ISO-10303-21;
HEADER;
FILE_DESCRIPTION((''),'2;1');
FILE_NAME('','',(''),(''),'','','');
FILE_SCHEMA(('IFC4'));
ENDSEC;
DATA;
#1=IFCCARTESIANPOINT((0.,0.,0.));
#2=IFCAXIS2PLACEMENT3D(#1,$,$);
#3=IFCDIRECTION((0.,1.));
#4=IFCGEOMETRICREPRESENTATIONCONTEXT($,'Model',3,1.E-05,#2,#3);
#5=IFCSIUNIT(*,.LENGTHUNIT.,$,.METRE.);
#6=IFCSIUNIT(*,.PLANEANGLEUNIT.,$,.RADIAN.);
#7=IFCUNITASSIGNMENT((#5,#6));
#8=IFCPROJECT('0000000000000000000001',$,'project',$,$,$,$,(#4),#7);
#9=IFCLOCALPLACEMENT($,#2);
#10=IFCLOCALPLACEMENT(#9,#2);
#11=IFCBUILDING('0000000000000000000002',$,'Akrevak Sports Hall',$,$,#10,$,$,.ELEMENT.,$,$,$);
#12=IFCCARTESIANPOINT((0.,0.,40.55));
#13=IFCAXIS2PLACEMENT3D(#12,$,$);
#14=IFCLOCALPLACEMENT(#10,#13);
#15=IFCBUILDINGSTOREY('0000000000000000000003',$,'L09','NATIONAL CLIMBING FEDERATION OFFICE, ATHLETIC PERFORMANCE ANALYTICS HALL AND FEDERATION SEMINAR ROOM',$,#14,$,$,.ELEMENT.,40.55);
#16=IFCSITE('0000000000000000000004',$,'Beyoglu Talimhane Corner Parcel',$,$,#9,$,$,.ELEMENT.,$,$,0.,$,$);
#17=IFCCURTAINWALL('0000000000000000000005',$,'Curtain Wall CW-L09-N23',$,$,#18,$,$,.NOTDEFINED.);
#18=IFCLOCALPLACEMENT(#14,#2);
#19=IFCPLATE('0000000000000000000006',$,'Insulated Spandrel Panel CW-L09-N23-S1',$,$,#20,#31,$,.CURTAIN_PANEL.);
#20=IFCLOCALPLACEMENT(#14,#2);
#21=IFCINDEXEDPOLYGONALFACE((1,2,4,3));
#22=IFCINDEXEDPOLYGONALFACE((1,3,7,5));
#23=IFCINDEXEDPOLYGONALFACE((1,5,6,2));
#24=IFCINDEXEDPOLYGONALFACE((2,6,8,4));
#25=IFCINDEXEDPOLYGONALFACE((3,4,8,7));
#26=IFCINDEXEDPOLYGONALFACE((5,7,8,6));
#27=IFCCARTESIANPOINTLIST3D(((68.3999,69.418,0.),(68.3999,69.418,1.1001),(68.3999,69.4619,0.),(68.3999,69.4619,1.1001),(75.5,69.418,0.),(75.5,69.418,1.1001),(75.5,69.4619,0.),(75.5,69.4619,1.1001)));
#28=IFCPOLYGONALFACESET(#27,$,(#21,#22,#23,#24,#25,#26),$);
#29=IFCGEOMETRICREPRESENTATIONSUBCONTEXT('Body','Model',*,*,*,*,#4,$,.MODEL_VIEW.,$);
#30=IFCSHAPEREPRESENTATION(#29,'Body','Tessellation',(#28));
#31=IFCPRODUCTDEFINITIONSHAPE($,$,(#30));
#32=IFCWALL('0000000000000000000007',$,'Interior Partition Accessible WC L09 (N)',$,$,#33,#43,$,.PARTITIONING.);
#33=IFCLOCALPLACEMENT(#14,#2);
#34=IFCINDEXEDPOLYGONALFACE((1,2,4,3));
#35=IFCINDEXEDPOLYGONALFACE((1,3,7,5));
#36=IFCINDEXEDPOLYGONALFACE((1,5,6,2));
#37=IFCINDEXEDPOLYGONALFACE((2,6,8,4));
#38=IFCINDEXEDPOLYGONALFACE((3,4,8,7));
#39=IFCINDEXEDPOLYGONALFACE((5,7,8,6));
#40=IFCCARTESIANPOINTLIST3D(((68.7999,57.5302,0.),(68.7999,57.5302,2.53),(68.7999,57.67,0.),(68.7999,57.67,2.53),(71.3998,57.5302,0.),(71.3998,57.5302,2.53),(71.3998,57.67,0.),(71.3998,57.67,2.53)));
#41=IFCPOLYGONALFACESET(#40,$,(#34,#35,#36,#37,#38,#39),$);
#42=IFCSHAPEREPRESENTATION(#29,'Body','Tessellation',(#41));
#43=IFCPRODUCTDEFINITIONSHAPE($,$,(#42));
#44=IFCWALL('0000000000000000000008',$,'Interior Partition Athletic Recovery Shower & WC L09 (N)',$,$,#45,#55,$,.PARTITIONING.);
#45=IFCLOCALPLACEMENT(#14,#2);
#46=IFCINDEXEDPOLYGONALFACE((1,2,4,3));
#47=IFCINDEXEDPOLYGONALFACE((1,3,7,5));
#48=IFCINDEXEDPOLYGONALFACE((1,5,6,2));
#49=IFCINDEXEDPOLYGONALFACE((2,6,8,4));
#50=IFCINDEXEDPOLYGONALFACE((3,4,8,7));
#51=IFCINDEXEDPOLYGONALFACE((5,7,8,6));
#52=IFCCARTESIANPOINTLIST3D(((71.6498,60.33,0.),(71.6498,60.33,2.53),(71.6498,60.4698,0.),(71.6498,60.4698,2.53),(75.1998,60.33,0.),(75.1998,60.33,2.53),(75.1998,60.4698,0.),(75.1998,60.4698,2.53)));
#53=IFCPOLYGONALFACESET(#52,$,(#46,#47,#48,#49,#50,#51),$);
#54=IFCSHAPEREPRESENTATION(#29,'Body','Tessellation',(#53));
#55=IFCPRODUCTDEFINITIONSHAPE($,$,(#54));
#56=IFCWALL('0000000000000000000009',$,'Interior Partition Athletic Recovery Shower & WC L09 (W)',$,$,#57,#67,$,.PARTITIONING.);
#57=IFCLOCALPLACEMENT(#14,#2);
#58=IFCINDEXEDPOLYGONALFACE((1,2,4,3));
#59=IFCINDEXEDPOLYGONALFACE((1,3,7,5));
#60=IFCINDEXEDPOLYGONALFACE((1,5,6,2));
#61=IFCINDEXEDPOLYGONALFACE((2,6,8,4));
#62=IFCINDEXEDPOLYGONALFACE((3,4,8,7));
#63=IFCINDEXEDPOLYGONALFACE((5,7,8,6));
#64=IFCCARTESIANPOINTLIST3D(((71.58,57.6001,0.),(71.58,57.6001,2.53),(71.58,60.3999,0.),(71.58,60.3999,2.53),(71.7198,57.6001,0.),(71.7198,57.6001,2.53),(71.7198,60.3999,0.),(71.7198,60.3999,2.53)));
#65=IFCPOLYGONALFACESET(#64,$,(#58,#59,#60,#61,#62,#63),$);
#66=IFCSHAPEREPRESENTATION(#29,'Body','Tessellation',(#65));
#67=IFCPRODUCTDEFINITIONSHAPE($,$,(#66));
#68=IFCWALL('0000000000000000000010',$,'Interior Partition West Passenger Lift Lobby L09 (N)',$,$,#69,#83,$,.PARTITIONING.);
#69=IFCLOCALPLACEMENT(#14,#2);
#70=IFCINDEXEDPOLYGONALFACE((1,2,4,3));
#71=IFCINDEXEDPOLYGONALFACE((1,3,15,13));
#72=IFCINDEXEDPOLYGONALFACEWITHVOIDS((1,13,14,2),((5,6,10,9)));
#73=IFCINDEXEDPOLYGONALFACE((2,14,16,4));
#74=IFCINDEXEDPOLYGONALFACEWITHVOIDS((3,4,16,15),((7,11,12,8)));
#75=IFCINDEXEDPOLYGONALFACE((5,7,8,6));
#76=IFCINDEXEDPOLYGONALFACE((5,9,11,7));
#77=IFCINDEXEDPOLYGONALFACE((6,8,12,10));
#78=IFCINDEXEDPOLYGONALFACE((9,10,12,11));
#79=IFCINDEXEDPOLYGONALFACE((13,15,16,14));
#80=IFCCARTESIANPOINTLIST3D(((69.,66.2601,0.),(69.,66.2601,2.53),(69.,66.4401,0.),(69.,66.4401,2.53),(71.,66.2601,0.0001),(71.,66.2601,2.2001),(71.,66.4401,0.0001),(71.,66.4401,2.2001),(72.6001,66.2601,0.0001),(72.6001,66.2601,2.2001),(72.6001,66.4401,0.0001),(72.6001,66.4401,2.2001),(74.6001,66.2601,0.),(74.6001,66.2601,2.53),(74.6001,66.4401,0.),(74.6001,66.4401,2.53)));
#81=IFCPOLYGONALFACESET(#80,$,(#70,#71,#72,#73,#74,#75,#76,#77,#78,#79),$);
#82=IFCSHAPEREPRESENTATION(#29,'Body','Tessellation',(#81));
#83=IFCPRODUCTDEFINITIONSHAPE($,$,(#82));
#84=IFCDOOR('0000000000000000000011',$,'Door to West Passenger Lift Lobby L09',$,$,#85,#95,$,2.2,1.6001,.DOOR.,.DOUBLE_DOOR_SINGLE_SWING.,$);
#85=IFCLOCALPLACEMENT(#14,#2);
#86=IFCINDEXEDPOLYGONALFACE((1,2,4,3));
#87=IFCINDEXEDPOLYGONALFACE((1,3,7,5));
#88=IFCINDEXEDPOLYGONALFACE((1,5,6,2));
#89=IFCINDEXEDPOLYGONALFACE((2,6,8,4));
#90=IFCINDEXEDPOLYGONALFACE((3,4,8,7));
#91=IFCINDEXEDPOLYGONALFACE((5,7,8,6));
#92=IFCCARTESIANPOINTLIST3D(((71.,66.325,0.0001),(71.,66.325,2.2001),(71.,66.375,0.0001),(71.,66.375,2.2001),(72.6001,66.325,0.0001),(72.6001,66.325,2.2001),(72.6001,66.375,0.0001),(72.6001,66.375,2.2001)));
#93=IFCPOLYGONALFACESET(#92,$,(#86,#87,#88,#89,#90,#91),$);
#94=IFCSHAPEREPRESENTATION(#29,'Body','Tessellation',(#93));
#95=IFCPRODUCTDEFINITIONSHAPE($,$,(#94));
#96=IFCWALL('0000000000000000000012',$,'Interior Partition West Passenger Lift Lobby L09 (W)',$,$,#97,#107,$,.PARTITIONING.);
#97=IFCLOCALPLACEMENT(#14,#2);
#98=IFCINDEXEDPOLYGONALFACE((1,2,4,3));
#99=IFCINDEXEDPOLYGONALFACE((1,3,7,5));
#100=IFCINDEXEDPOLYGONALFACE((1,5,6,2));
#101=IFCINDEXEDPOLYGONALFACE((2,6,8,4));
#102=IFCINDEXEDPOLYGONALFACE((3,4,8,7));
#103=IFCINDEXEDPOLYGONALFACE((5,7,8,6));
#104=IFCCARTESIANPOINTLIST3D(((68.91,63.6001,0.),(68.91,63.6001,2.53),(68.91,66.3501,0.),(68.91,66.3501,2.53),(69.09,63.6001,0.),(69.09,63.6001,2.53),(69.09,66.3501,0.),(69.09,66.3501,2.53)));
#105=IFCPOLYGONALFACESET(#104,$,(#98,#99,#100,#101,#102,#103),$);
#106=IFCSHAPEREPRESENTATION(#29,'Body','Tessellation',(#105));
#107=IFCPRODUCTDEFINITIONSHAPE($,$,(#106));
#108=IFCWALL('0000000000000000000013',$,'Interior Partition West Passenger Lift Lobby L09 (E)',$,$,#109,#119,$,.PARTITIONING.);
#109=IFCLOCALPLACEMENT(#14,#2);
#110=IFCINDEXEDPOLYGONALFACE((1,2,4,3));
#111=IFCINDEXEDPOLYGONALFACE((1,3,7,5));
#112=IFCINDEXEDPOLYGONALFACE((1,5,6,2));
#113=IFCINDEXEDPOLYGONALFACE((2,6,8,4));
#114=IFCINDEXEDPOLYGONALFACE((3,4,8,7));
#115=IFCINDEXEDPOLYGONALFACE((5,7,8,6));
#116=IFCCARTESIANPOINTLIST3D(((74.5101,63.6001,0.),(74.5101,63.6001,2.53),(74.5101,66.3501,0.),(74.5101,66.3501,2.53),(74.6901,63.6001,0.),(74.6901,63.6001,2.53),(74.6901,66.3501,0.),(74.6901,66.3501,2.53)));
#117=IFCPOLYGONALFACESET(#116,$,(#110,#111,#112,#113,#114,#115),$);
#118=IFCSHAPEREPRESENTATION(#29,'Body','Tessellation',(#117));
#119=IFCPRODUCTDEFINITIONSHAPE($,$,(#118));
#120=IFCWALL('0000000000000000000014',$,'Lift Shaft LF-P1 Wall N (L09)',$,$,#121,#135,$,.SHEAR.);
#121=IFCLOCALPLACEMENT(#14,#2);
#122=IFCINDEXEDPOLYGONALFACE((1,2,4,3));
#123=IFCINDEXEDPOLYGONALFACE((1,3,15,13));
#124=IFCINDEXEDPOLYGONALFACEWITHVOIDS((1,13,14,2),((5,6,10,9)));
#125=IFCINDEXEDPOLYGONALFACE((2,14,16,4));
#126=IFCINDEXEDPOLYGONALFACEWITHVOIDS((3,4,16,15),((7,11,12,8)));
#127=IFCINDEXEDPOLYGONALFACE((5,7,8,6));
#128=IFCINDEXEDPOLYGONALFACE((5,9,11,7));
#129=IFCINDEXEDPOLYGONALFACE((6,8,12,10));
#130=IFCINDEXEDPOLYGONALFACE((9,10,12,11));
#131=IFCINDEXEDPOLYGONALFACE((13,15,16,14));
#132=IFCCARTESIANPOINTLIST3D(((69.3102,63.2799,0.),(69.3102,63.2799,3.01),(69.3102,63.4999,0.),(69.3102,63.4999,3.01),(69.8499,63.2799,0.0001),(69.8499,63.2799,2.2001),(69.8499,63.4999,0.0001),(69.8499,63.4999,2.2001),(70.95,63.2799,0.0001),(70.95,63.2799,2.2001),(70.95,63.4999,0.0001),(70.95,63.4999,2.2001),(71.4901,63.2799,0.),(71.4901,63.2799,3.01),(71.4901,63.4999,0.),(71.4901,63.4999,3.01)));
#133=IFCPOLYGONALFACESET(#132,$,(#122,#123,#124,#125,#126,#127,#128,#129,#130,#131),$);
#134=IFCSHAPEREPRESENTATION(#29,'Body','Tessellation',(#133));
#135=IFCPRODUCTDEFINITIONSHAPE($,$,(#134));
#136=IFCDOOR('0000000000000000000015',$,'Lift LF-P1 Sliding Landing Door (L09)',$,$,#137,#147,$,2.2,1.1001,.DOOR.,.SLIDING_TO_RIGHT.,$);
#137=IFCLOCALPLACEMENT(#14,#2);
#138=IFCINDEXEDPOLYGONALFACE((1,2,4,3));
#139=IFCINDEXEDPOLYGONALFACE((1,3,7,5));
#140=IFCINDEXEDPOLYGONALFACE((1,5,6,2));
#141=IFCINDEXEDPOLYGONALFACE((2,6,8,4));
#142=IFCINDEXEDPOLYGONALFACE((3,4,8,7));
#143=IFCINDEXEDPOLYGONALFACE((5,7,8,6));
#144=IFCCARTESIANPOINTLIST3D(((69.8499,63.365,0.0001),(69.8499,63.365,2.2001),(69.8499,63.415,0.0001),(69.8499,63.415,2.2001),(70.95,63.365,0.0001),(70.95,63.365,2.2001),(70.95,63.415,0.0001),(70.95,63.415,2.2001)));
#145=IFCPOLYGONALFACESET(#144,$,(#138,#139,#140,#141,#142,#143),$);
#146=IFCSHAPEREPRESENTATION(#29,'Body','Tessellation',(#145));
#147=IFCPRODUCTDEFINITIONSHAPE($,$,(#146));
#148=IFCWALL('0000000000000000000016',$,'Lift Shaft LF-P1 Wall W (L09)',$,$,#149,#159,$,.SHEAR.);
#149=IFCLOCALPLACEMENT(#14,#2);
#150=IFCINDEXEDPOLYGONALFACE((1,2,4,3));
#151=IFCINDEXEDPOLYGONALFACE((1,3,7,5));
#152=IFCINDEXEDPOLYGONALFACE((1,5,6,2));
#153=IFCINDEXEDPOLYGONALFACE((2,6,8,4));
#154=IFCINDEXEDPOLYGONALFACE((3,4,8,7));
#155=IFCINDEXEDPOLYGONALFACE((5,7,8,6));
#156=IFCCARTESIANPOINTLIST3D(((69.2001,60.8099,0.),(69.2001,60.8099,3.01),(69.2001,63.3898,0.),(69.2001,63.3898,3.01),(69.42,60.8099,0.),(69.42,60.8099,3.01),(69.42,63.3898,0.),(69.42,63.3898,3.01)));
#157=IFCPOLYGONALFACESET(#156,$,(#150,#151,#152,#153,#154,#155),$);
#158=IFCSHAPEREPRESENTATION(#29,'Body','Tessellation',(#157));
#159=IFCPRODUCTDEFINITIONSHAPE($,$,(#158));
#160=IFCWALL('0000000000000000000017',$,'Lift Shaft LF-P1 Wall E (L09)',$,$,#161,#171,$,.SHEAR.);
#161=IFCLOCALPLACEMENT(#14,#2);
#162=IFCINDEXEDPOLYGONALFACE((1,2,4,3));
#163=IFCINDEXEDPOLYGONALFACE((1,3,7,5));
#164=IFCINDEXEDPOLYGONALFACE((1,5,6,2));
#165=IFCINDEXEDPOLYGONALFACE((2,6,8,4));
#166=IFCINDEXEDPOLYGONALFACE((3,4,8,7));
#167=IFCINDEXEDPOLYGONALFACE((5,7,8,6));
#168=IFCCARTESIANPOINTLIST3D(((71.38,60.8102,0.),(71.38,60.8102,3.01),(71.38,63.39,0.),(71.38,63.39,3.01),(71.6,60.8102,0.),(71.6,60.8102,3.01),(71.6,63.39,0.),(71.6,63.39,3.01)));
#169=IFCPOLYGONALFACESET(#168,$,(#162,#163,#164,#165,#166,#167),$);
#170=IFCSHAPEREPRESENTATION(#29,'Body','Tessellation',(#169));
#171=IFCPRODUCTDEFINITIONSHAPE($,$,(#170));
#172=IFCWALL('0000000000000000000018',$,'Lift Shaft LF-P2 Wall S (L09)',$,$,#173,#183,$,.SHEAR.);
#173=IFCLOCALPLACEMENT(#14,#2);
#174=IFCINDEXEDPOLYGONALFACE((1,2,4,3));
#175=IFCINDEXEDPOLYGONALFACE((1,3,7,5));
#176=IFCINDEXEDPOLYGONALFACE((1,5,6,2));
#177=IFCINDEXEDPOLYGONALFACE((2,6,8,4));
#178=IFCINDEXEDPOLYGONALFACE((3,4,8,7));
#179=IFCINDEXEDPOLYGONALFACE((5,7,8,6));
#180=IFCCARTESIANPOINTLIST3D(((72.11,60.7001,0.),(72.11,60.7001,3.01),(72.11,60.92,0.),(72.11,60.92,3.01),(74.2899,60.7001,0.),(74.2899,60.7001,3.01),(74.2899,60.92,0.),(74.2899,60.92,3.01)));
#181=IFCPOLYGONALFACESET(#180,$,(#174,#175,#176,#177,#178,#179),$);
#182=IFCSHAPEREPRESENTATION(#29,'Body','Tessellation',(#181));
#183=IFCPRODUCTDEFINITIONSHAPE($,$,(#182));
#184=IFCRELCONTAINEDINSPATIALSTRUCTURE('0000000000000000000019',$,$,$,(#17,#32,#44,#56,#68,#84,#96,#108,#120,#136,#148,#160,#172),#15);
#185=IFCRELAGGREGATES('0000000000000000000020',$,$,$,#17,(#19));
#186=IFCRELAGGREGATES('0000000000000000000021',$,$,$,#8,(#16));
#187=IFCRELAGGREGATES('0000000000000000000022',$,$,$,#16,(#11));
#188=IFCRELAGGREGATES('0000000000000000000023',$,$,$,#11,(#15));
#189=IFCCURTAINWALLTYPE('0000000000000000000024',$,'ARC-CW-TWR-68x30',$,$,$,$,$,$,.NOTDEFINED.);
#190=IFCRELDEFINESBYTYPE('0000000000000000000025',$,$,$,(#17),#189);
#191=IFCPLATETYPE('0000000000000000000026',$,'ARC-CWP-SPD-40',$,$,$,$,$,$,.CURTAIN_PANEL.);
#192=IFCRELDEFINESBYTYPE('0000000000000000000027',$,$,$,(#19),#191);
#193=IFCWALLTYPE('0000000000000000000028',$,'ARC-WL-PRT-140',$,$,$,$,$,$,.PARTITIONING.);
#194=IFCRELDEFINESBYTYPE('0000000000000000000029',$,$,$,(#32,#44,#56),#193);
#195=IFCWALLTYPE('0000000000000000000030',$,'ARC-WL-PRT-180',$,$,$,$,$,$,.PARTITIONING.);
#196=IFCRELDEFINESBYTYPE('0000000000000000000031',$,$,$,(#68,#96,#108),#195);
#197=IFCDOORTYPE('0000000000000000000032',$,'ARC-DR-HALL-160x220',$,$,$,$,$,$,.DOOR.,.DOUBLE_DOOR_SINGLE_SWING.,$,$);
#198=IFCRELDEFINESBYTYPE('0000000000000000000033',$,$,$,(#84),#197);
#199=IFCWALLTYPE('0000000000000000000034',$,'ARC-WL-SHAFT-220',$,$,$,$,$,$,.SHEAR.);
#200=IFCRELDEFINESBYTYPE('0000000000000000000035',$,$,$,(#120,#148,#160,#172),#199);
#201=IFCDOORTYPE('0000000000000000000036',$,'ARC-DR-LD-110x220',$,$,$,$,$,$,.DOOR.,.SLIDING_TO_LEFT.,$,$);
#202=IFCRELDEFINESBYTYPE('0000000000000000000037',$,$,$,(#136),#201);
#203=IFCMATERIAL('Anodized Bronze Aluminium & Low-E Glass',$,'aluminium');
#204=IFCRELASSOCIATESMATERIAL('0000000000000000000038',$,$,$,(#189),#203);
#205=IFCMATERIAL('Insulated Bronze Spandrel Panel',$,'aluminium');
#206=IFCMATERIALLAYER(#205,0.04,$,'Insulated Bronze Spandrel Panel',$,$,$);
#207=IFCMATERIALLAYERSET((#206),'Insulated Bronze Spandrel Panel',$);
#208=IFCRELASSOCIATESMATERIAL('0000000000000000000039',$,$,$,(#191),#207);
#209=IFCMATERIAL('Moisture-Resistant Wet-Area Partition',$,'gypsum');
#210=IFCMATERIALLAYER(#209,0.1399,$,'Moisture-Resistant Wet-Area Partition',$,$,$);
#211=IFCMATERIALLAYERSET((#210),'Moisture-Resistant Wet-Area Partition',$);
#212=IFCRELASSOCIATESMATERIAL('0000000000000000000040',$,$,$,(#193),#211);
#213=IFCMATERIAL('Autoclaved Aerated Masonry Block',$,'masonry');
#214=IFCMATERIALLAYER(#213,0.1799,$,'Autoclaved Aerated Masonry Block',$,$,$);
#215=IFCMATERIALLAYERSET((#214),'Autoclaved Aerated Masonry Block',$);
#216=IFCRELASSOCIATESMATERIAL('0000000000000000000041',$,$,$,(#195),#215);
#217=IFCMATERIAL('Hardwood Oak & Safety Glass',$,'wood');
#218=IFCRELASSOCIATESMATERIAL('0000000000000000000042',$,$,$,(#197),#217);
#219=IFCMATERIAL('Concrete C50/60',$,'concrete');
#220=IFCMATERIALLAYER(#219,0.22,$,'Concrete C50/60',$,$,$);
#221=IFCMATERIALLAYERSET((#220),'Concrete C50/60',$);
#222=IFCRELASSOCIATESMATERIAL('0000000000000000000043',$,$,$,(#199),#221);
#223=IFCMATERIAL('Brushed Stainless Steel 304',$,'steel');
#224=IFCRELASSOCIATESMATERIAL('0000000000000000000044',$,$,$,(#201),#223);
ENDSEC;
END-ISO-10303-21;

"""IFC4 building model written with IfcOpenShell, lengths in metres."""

from ifc_helpers import new_model, si_unit, direction, frame, frame_2d, origin, origin_2d, place, context, subcontext, project, spatial, rectangle, extrude, material, layer, layer_set, type_object, element, fill, aggregate, save


model = new_model("IFC4")

# Units and contexts
model_context = context("Model", 3, precision=1e-05, world=origin(), true_north=direction((0.0, 1.0)))
body_context = subcontext(model_context, "Body", "Model", "MODEL_VIEW")
ifc_project = project(units=[si_unit("LENGTHUNIT", "METRE"), si_unit("PLANEANGLEUNIT", "RADIAN")], contexts=[model_context])

# Site, building, storey
site_placement = place(None, origin())
site = spatial("IfcSite", under=ifc_project, at=site_placement, Name="Beyoglu Talimhane Corner Parcel", CompositionType="ELEMENT", RefElevation=0.0)
building_placement = place(site_placement, origin())
building = spatial("IfcBuilding", under=site, at=building_placement, Name="Akrevak Sports Hall", CompositionType="ELEMENT")
storey_placement = place(building_placement, frame((0.0, 0.0, 40.55)))
storey = spatial("IfcBuildingStorey", under=building, at=storey_placement, Name="L09", Description="NATIONAL CLIMBING FEDERATION OFFICE, ATHLETIC PERFORMANCE ANALYTICS HALL AND FEDERATION SEMINAR ROOM", CompositionType="ELEMENT", Elevation=40.55)

# Shared definitions
ifc_material_1 = material(Name="Concrete C50/60", Category="concrete")

# Curtain wall
ifc_material_2 = material(Name="Anodized Bronze Aluminium & Low-E Glass", Category="aluminium")
curtain_wall_type = type_object("IfcCurtainWallType", Name="ARC-CW-TWR-68x30", PredefinedType="NOTDEFINED", material=ifc_material_2)
curtain_wall_placement = place(storey_placement, origin())
curtain_wall = element("IfcCurtainWall", 1, at=curtain_wall_placement, inside=storey, type_object=curtain_wall_type, Name="Curtain Wall CW-L09-N23", PredefinedType="NOTDEFINED")

# Plate
ifc_material_3 = material(Name="Insulated Bronze Spandrel Panel", Category="aluminium")
ifc_layer_1 = layer(ifc_material_3, 0.04, Name="Insulated Bronze Spandrel Panel")
ifc_layer_set_1 = layer_set([ifc_layer_1], Name="Insulated Bronze Spandrel Panel")
plate_type_1 = type_object("IfcPlateType", Name="ARC-CWP-SPD-40", PredefinedType="CURTAIN_PANEL", material=ifc_layer_set_1)
plate_1_placement = place(storey_placement, frame((71.95, 69.4399, 0.0), z_axis=(0.0, 0.0, 1.0), x_axis=(-1.0, 0.0, 0.0)))
plate_1 = element("IfcPlate", 2, at=plate_1_placement, type_object=plate_type_1, Name="Insulated Spandrel Panel CW-L09-N23-S1", PredefinedType="CURTAIN_PANEL", context=body_context, shape_type="SweptSolid", body=[
    extrude(rectangle(XDim=7.1001, YDim=0.0439, at=origin_2d()), origin(), (0.0, 0.0, 1.0), 1.1001),
])
aggregate(curtain_wall, [plate_1])

# Walls
ifc_material_4 = material(Name="Moisture-Resistant Wet-Area Partition", Category="gypsum")
ifc_layer_2 = layer(ifc_material_4, 0.1399, Name="Moisture-Resistant Wet-Area Partition")
ifc_layer_set_2 = layer_set([ifc_layer_2], Name="Moisture-Resistant Wet-Area Partition")
wall_type_1 = type_object("IfcWallType", Name="ARC-WL-PRT-140", PredefinedType="PARTITIONING", material=ifc_layer_set_2)
wall_1_placement = place(storey_placement, frame((68.8, 57.6001, 0.0), z_axis=(0.0, 0.0, 1.0), x_axis=(1.0, 0.0, 0.0)))
element("IfcWall", 3, at=wall_1_placement, inside=storey, type_object=wall_type_1, Name="Interior Partition Accessible WC L09 (N)", PredefinedType="PARTITIONING", context=body_context, shape_type="SweptSolid", body=[
    extrude(rectangle(XDim=2.5999, YDim=0.1399, at=frame_2d((1.2998, 0.0))), origin(), (0.0, 0.0, 1.0), 2.53),
])
wall_2_placement = place(storey_placement, frame((71.6499, 60.3999, 0.0), z_axis=(0.0, 0.0, 1.0), x_axis=(1.0, 0.0, 0.0)))
element("IfcWall", 4, at=wall_2_placement, inside=storey, type_object=wall_type_1, Name="Interior Partition Athletic Recovery Shower & WC L09 (N)", PredefinedType="PARTITIONING", context=body_context, shape_type="SweptSolid", body=[
    extrude(rectangle(XDim=3.55, YDim=0.1399, at=frame_2d((1.7749, 0.0))), origin(), (0.0, 0.0, 1.0), 2.53),
])
wall_3_placement = place(storey_placement, frame((71.6499, 57.6001, 0.0), z_axis=(0.0, 0.0, 1.0), x_axis=(0.0, 1.0, 0.0)))
element("IfcWall", 5, at=wall_3_placement, inside=storey, type_object=wall_type_1, Name="Interior Partition Athletic Recovery Shower & WC L09 (W)", PredefinedType="PARTITIONING", context=body_context, shape_type="SweptSolid", body=[
    extrude(rectangle(XDim=2.7998, YDim=0.1399, at=frame_2d((1.3999, 0.0))), origin(), (0.0, 0.0, 1.0), 2.53),
])

# Wall, opening, door
ifc_material_5 = material(Name="Autoclaved Aerated Masonry Block", Category="masonry")
ifc_layer_3 = layer(ifc_material_5, 0.1799, Name="Autoclaved Aerated Masonry Block")
ifc_layer_set_3 = layer_set([ifc_layer_3], Name="Autoclaved Aerated Masonry Block")
wall_type_2 = type_object("IfcWallType", Name="ARC-WL-PRT-180", PredefinedType="PARTITIONING", material=ifc_layer_set_3)
wall_4_placement = place(storey_placement, frame((69.0, 66.3501, 0.0), z_axis=(0.0, 0.0, 1.0), x_axis=(1.0, 0.0, 0.0)))
wall_4 = element("IfcWall", 6, at=wall_4_placement, inside=storey, type_object=wall_type_2, Name="Interior Partition West Passenger Lift Lobby L09 (N)", PredefinedType="PARTITIONING", context=body_context, shape_type="SweptSolid", body=[
    extrude(rectangle(XDim=5.6001, YDim=0.1799, at=frame_2d((2.8, 0.0))), origin(), (0.0, 0.0, 1.0), 2.53),
])
opening_1_placement = place(wall_4_placement, frame((2.0, 0.0, 0.0)))
opening_1 = element("IfcOpeningElement", 7, at=opening_1_placement, cuts=wall_4, PredefinedType="OPENING", context=body_context, shape_type="SweptSolid", body=[
    extrude(rectangle(XDim=1.6001, YDim=2.2, at=frame_2d((0.8, 1.1001))), frame((0.0, 0.1021, 0.0), z_axis=(0.0, -1.0, 0.0), x_axis=(1.0, 0.0, 0.0)), (0.0, 0.0, 1.0), 0.2039),
])
ifc_material_6 = material(Name="Hardwood Oak & Safety Glass", Category="wood")
door_type_1 = type_object("IfcDoorType", Name="ARC-DR-HALL-160x220", OperationType="DOUBLE_DOOR_SINGLE_SWING", PredefinedType="DOOR", material=ifc_material_6)
door_1_placement = place(opening_1_placement, origin())
door_1 = element("IfcDoor", 8, at=door_1_placement, inside=storey, type_object=door_type_1, Name="Door to West Passenger Lift Lobby L09", OperationType="DOUBLE_DOOR_SINGLE_SWING", OverallHeight=2.2, OverallWidth=1.6001, PredefinedType="DOOR", context=body_context, shape_type="SweptSolid", body=[
    extrude(rectangle(XDim=1.6001, YDim=2.2, at=frame_2d((0.8, 1.1001))), frame((0.0, 0.0249, 0.0), z_axis=(0.0, -1.0, 0.0), x_axis=(1.0, 0.0, 0.0)), (0.0, 0.0, 1.0), 0.05),
])
fill(opening_1, door_1)

# Walls
for number, where, z_axis, x_axis, name in (
    (9, (69.0, 63.6001, 0.0), (0.0, 0.0, 1.0), (0.0, 1.0, 0.0), "Interior Partition West Passenger Lift Lobby L09 (W)"),
    (10, (74.6001, 63.6001, 0.0), (0.0, 0.0, 1.0), (0.0, 1.0, 0.0), "Interior Partition West Passenger Lift Lobby L09 (E)"),
):
    element("IfcWall", number, at=place(storey_placement, frame(where, z_axis=z_axis, x_axis=x_axis)), inside=storey, type_object=wall_type_2, Name=name, PredefinedType="PARTITIONING", context=body_context, shape_type="SweptSolid", body=[
        extrude(rectangle(XDim=2.75, YDim=0.1799, at=frame_2d((1.375, 0.0))), origin(), (0.0, 0.0, 1.0), 2.53),
    ])
ifc_layer_4 = layer(ifc_material_1, 0.22, Name="Concrete C50/60")
ifc_layer_set_4 = layer_set([ifc_layer_4], Name="Concrete C50/60")
wall_type_3 = type_object("IfcWallType", Name="ARC-WL-SHAFT-220", PredefinedType="SHEAR", material=ifc_layer_set_4)

# Wall, opening, door
wall_5_placement = place(storey_placement, frame((71.49, 63.3899, 0.0), z_axis=(0.0, 0.0, 1.0), x_axis=(-1.0, 0.0, 0.0)))
wall_5 = element("IfcWall", 11, at=wall_5_placement, inside=storey, type_object=wall_type_3, Name="Lift Shaft LF-P1 Wall N (L09)", PredefinedType="SHEAR", context=body_context, shape_type="SweptSolid", body=[
    extrude(rectangle(XDim=2.1799, YDim=0.22, at=frame_2d((1.0898, 0.0))), origin(), (0.0, 0.0, 1.0), 3.01),
])
opening_2_placement = place(wall_5_placement, frame((0.54, 0.0, 0.0)))
opening_2 = element("IfcOpeningElement", 12, at=opening_2_placement, cuts=wall_5, PredefinedType="OPENING", context=body_context, shape_type="SweptSolid", body=[
    extrude(rectangle(XDim=1.1001, YDim=2.2, at=frame_2d((0.55, 1.1001))), frame((0.0, 0.1221, 0.0), z_axis=(0.0, -1.0, 0.0), x_axis=(1.0, 0.0, 0.0)), (0.0, 0.0, 1.0), 0.2439),
])
ifc_material_7 = material(Name="Brushed Stainless Steel 304", Category="steel")
door_type_2 = type_object("IfcDoorType", Name="ARC-DR-LD-110x220", OperationType="SLIDING_TO_LEFT", PredefinedType="DOOR", material=ifc_material_7)
door_2_placement = place(opening_2_placement, origin())
door_2 = element("IfcDoor", 13, at=door_2_placement, inside=storey, type_object=door_type_2, Name="Lift LF-P1 Sliding Landing Door (L09)", OperationType="SLIDING_TO_RIGHT", OverallHeight=2.2, OverallWidth=1.1001, PredefinedType="DOOR", context=body_context, shape_type="SweptSolid", body=[
    extrude(rectangle(XDim=1.1001, YDim=2.2, at=frame_2d((0.55, 1.1001))), frame((0.0, 0.0249, 0.0), z_axis=(0.0, -1.0, 0.0), x_axis=(1.0, 0.0, 0.0)), (0.0, 0.0, 1.0), 0.05),
])
fill(opening_2, door_2)

# Walls
for number, where, z_axis, x_axis, name in (
    (14, (69.3101, 63.3899, 0.0), (0.0, 0.0, 1.0), (0.0, -1.0, 0.0), "Lift Shaft LF-P1 Wall W (L09)"),
    (15, (71.49, 60.8101, 0.0), (0.0, 0.0, 1.0), (0.0, 1.0, 0.0), "Lift Shaft LF-P1 Wall E (L09)"),
):
    element("IfcWall", number, at=place(storey_placement, frame(where, z_axis=z_axis, x_axis=x_axis)), inside=storey, type_object=wall_type_3, Name=name, PredefinedType="SHEAR", context=body_context, shape_type="SweptSolid", body=[
        extrude(rectangle(XDim=2.5798, YDim=0.22, at=frame_2d((1.29, 0.0))), origin(), (0.0, 0.0, 1.0), 3.01),
    ])
wall_6_placement = place(storey_placement, frame((72.1101, 60.8101, 0.0), z_axis=(0.0, 0.0, 1.0), x_axis=(1.0, 0.0, 0.0)))
element("IfcWall", 16, at=wall_6_placement, inside=storey, type_object=wall_type_3, Name="Lift Shaft LF-P2 Wall S (L09)", PredefinedType="SHEAR", context=body_context, shape_type="SweptSolid", body=[
    extrude(rectangle(XDim=2.1799, YDim=0.22, at=frame_2d((1.0898, 0.0))), origin(), (0.0, 0.0, 1.0), 3.01),
])

save(model, "model.ifc")
